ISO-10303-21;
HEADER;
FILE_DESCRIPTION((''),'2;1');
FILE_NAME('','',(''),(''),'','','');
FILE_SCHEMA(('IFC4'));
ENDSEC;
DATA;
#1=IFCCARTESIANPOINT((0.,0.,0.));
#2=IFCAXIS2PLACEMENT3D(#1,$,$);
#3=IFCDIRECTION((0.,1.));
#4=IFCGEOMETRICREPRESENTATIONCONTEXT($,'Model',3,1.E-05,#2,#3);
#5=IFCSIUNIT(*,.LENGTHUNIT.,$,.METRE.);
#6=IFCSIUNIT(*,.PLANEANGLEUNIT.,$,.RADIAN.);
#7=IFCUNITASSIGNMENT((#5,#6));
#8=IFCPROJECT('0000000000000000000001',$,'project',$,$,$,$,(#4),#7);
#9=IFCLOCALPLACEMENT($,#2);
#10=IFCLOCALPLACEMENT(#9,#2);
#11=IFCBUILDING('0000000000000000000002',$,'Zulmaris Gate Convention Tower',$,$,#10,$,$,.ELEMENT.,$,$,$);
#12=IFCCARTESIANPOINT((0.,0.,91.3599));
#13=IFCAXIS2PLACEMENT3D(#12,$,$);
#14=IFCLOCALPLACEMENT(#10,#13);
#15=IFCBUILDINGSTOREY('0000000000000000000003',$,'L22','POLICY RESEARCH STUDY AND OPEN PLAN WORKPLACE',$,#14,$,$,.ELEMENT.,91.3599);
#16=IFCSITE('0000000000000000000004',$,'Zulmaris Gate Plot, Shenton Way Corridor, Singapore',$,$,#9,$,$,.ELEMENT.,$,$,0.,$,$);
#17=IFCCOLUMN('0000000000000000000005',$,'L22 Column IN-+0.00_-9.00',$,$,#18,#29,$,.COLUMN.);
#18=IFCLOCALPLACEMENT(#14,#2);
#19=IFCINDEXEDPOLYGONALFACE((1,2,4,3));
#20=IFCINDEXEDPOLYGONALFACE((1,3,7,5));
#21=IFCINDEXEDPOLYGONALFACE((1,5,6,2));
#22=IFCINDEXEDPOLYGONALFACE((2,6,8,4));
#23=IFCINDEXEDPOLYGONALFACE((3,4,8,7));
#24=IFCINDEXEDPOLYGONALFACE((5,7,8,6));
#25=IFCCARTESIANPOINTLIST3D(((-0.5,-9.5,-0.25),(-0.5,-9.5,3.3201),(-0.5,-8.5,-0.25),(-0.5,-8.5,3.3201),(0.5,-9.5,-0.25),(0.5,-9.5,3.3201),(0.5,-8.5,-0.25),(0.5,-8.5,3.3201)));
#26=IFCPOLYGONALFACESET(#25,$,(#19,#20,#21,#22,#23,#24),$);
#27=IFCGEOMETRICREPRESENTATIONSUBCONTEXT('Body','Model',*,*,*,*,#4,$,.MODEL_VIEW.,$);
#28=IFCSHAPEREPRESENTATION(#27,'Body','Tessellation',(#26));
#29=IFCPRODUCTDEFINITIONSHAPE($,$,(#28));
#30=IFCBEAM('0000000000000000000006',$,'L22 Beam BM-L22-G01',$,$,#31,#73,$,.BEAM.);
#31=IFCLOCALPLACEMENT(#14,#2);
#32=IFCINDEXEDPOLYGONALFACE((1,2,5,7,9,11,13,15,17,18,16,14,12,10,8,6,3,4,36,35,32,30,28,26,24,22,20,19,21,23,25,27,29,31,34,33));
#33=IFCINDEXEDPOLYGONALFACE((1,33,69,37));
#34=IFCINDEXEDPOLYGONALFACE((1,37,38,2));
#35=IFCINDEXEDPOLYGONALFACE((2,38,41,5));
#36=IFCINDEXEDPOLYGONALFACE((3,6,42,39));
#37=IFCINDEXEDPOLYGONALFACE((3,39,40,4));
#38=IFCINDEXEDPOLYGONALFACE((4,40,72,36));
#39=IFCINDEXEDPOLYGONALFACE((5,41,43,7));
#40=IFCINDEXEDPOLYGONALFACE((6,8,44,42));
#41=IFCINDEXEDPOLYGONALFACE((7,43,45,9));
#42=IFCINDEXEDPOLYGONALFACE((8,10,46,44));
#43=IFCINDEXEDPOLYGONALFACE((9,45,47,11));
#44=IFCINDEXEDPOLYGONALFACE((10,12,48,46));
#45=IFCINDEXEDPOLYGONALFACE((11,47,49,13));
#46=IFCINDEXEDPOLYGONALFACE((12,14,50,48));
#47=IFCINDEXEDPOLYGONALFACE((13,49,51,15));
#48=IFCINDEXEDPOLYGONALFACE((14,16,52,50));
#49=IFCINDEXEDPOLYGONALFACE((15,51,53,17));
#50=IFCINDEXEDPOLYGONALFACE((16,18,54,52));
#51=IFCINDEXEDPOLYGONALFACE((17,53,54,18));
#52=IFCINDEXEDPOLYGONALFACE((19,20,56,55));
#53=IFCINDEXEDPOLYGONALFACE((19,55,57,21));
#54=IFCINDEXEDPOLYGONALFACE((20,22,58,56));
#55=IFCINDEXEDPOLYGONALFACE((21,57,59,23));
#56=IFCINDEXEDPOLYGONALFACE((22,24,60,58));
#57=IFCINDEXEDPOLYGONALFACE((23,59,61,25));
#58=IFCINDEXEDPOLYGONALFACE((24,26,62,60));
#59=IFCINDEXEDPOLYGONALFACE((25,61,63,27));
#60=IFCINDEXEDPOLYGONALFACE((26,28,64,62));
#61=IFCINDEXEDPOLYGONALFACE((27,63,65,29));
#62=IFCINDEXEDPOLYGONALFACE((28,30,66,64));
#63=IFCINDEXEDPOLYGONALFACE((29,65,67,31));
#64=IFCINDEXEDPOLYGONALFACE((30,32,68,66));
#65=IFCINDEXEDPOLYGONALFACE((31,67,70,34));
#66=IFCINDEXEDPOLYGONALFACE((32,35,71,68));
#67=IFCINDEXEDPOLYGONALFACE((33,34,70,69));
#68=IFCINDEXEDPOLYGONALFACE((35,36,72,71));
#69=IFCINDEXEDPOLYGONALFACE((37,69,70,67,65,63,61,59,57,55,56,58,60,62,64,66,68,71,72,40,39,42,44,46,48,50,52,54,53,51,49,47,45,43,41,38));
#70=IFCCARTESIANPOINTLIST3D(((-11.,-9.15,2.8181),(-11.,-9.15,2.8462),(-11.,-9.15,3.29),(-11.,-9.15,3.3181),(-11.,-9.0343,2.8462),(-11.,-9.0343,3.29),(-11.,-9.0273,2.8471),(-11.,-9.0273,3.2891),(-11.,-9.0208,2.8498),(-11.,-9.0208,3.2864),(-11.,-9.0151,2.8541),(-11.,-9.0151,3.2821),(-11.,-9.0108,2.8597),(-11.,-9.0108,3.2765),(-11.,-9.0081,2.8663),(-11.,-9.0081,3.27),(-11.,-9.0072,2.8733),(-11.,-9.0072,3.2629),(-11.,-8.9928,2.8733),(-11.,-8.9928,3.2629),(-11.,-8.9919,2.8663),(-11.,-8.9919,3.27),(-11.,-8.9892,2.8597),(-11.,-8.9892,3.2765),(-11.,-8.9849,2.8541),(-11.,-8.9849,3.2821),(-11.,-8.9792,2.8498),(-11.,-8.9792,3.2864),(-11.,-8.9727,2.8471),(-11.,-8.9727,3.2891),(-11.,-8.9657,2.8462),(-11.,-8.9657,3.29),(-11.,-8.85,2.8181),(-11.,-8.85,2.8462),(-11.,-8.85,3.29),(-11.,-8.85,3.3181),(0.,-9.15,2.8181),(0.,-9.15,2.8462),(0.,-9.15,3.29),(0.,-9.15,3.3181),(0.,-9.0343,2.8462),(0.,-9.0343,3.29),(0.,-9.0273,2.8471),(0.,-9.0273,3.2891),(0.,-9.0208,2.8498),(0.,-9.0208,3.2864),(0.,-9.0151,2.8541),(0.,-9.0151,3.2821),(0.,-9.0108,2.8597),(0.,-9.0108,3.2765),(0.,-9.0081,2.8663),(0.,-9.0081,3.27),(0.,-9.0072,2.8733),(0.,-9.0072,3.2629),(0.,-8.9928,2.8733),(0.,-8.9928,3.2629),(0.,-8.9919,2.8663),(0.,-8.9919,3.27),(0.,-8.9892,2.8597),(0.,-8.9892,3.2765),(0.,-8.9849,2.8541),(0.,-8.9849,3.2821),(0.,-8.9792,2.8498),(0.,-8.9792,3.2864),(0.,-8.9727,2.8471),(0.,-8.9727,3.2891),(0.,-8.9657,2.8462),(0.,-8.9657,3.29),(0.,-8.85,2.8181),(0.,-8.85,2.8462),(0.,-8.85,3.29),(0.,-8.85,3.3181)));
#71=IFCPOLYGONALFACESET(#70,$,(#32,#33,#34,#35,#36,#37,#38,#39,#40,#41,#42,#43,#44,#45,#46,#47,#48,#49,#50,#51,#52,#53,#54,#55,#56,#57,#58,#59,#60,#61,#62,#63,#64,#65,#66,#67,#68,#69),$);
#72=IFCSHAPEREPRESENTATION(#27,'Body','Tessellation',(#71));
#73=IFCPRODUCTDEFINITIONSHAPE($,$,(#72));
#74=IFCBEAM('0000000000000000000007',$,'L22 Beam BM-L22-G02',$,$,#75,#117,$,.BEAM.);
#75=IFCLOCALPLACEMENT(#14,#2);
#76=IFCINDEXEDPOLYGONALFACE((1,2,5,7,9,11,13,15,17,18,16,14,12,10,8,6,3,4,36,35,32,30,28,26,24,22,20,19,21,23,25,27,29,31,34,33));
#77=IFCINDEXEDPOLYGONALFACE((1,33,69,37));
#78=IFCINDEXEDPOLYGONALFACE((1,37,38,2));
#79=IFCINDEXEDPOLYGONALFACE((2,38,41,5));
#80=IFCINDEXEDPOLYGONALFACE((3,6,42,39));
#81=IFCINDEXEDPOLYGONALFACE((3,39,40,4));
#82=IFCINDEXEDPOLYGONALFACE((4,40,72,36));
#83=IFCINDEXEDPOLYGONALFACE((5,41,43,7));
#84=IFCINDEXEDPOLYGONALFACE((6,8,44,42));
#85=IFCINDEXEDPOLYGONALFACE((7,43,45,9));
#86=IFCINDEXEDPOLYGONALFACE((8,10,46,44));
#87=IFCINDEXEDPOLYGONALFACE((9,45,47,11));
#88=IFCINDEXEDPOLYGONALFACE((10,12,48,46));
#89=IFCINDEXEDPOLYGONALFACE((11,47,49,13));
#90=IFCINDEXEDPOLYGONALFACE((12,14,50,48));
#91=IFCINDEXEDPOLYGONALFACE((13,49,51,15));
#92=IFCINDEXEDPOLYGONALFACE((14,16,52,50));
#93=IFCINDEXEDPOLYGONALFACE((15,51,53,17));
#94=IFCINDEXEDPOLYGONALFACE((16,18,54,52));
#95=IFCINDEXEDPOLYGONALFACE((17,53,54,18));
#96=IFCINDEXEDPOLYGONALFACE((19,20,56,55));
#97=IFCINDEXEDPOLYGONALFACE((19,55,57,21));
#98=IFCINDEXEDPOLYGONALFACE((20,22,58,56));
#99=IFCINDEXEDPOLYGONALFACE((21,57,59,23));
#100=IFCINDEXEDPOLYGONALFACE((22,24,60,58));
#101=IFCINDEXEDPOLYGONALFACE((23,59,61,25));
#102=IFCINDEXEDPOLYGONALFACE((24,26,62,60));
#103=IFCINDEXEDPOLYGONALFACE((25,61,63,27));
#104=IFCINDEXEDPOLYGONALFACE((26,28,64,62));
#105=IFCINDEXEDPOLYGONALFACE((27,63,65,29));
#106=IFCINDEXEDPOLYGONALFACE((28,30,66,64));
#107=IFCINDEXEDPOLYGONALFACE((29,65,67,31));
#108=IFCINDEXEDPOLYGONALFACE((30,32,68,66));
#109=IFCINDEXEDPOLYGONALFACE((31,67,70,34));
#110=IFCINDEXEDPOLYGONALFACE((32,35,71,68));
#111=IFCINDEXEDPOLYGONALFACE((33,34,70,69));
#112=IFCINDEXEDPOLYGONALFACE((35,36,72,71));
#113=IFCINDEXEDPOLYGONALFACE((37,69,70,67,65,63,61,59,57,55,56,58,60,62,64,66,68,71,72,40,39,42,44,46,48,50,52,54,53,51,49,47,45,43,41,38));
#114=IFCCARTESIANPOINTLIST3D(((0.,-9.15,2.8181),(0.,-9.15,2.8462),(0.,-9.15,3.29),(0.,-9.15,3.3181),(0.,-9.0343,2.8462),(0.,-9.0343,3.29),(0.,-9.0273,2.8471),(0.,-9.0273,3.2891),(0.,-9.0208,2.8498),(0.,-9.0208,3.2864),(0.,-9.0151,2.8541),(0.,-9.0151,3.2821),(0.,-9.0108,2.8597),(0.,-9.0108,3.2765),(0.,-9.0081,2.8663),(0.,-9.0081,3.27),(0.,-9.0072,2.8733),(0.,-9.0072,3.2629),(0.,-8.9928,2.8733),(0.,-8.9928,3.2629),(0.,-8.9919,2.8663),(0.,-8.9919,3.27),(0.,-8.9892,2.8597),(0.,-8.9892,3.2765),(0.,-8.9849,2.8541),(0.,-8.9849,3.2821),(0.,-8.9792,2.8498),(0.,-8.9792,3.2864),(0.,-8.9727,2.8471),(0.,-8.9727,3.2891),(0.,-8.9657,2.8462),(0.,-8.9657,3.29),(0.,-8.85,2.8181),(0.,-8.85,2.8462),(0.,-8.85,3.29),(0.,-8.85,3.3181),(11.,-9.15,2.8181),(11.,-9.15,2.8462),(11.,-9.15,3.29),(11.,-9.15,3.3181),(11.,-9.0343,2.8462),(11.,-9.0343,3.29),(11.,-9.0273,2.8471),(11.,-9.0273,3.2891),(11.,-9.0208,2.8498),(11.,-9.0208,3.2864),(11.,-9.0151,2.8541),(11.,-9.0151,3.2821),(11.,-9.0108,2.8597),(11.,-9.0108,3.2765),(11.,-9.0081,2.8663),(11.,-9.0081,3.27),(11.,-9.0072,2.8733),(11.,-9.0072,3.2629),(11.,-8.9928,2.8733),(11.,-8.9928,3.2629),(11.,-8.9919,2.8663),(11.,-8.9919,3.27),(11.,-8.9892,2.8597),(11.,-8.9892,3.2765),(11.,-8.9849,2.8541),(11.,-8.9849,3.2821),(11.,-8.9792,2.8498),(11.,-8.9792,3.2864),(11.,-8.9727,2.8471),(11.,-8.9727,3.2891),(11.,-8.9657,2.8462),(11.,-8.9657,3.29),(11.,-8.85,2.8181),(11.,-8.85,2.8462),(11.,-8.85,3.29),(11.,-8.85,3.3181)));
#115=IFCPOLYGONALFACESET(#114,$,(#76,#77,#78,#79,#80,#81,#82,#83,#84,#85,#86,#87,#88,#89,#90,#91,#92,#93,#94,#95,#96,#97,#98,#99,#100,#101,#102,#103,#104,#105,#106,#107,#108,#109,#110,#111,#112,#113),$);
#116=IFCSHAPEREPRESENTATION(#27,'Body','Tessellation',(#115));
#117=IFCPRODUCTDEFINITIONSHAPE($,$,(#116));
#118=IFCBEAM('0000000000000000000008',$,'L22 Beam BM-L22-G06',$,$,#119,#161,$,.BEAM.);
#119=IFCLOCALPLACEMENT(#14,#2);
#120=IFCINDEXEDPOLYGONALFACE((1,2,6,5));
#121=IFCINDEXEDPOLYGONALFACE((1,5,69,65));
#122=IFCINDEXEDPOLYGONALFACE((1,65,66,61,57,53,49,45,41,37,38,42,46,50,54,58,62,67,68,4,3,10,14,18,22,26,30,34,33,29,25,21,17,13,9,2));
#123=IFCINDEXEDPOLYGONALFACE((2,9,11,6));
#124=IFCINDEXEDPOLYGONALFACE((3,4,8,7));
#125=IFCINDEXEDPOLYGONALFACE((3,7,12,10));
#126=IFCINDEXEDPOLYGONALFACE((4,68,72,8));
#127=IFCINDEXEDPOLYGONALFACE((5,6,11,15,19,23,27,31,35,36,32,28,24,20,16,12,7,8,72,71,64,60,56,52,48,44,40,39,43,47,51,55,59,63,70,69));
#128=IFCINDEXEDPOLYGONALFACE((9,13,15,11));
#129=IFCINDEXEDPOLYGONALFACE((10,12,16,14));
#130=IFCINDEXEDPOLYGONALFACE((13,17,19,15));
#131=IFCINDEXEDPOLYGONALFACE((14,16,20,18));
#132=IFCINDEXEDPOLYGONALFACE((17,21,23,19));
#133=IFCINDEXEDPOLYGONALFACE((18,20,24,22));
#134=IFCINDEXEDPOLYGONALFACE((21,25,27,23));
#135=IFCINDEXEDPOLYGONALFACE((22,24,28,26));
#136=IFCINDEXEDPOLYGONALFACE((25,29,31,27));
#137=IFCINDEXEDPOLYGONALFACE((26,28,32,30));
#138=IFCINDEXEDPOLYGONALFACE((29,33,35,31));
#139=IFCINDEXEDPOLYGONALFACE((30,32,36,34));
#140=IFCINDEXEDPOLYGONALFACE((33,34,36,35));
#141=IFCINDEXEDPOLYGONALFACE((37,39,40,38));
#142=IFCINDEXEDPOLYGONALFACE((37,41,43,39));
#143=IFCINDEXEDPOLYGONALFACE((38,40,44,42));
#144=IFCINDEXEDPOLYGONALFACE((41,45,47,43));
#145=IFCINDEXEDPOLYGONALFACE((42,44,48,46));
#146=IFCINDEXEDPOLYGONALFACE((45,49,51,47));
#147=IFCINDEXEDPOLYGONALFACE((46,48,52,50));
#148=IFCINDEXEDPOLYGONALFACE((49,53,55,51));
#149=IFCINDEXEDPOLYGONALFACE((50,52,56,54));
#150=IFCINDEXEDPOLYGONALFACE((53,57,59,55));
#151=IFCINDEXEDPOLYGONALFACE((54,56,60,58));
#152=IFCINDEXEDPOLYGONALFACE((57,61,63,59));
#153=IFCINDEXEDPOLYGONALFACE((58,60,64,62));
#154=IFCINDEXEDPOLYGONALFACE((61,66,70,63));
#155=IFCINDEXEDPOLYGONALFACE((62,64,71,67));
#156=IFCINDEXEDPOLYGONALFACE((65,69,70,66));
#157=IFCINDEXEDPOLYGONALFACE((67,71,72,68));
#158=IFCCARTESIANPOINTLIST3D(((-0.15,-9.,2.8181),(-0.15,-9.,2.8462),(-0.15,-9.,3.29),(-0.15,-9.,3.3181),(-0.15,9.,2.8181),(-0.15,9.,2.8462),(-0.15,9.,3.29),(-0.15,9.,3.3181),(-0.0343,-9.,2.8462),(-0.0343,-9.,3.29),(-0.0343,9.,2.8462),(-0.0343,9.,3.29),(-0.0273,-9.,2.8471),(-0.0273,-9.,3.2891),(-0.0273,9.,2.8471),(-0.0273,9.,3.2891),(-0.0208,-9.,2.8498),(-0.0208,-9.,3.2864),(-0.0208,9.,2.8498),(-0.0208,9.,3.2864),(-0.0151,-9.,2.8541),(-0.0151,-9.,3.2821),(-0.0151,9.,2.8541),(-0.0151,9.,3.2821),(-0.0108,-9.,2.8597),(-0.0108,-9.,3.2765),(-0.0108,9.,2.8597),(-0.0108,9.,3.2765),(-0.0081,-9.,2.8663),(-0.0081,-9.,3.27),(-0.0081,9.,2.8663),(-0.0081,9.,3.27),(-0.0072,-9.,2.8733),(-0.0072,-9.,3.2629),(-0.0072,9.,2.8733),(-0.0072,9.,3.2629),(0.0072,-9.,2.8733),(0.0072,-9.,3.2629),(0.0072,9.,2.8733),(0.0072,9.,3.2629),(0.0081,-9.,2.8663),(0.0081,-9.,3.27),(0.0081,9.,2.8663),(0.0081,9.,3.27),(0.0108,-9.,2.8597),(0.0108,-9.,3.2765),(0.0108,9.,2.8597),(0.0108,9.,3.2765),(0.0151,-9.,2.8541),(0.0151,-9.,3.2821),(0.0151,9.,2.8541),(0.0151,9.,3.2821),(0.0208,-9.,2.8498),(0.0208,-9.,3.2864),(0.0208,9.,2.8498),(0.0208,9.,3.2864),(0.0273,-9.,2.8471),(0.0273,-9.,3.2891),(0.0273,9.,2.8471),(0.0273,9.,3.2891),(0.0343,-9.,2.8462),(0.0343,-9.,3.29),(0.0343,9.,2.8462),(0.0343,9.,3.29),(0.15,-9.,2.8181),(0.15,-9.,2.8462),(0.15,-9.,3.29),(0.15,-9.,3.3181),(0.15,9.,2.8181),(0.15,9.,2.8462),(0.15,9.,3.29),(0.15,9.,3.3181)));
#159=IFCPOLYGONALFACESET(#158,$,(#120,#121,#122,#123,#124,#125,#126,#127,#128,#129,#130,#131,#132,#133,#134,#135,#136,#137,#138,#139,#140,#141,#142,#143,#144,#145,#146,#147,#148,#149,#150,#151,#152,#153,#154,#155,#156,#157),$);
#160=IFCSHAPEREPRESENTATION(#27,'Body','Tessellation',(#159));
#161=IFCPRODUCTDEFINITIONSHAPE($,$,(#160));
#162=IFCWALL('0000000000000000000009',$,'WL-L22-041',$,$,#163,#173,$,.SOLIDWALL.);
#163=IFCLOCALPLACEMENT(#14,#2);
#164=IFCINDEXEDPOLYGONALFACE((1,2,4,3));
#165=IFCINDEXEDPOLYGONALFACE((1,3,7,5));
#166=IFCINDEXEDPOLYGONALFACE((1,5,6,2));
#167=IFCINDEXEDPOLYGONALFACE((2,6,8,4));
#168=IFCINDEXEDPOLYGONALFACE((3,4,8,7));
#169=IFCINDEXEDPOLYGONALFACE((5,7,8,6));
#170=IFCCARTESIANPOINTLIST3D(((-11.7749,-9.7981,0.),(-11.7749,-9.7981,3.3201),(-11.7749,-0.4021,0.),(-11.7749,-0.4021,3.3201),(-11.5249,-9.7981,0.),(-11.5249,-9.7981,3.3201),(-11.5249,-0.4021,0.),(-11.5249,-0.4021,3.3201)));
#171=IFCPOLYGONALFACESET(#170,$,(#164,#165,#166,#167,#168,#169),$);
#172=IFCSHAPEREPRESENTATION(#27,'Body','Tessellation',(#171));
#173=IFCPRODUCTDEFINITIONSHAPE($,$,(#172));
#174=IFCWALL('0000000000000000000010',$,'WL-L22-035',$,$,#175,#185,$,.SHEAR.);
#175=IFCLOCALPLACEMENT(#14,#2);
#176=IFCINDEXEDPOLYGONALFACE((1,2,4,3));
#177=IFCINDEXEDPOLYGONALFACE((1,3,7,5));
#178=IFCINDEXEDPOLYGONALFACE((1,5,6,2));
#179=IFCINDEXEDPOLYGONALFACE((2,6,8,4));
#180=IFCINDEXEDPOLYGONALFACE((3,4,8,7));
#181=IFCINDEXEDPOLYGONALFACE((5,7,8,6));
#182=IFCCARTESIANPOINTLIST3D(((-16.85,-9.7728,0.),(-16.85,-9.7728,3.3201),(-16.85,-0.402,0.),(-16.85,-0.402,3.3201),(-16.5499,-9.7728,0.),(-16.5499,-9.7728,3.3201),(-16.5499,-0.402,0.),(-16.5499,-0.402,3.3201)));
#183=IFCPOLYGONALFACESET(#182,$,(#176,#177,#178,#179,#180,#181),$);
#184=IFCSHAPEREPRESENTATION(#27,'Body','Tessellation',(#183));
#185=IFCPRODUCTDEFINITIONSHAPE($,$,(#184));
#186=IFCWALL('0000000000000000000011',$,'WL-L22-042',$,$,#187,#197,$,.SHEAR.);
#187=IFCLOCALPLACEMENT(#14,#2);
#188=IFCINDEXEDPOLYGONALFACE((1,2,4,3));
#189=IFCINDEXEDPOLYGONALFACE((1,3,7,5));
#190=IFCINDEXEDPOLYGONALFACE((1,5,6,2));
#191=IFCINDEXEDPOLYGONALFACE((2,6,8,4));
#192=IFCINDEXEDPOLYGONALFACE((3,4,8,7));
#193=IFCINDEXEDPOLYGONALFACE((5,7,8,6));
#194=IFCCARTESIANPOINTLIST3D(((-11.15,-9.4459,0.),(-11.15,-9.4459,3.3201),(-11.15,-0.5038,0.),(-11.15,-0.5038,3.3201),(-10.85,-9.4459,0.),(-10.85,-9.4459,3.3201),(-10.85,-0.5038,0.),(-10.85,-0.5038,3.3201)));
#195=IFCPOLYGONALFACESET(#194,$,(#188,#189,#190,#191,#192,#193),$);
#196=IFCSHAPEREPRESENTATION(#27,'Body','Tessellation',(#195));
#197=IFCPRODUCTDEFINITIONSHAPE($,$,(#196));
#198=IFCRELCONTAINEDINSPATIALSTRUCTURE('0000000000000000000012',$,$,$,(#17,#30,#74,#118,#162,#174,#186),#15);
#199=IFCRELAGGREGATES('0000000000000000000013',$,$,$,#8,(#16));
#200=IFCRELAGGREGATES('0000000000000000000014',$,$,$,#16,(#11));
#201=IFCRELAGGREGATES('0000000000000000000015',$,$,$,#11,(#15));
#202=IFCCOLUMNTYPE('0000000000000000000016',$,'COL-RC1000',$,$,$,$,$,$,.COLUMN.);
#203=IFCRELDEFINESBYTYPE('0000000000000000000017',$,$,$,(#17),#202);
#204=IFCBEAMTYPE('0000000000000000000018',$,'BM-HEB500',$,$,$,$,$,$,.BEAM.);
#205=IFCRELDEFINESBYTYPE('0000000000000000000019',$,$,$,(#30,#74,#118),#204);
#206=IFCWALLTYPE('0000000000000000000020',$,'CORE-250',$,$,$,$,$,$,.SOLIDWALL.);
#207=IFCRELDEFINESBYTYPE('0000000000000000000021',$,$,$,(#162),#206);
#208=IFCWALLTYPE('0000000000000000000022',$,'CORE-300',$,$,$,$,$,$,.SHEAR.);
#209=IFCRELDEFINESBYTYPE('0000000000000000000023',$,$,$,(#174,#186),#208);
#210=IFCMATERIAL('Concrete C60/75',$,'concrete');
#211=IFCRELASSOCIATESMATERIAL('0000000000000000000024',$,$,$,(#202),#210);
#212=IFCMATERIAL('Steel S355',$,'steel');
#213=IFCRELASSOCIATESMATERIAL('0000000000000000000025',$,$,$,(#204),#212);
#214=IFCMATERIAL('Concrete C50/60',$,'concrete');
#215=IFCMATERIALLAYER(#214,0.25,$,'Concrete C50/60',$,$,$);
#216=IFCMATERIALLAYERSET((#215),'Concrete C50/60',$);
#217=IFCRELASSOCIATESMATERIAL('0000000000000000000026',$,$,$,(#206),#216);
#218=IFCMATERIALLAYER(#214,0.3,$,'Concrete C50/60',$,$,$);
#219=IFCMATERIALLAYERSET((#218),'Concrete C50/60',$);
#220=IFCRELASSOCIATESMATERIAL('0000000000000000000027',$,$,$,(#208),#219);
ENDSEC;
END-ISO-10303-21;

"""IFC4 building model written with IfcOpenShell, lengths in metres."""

from ifc_helpers import new_model, si_unit, direction, frame, frame_2d, origin, origin_2d, place, context, subcontext, project, spatial, rectangle, i_section, extrude, material, layer, layer_set, material_profile, profile_set, type_object, element, save


model = new_model("IFC4")

# Units and contexts
model_context = context("Model", 3, precision=1e-05, world=origin(), true_north=direction((0.0, 1.0)))
body_context = subcontext(model_context, "Body", "Model", "MODEL_VIEW")
ifc_project = project(units=[si_unit("LENGTHUNIT", "METRE"), si_unit("PLANEANGLEUNIT", "RADIAN")], contexts=[model_context])

# Site, building, storey
site_placement = place(None, origin())
site = spatial("IfcSite", under=ifc_project, at=site_placement, Name="Zulmaris Gate Plot, Shenton Way Corridor, Singapore", CompositionType="ELEMENT", RefElevation=0.0)
building_placement = place(site_placement, origin())
building = spatial("IfcBuilding", under=site, at=building_placement, Name="Zulmaris Gate Convention Tower", CompositionType="ELEMENT")
storey_placement = place(building_placement, frame((0.0, 0.0, 91.3599)))
storey = spatial("IfcBuildingStorey", under=building, at=storey_placement, Name="L22", Description="POLICY RESEARCH STUDY AND OPEN PLAN WORKPLACE", CompositionType="ELEMENT", Elevation=91.3599)

# Column
ifc_material_1 = material(Name="Concrete C60/75", Category="concrete")
ifc_material_profile_1 = material_profile(ifc_material_1, rectangle(XDim=1.0, YDim=1.0, at=origin_2d()), Name="RC COL 1000x1000")
ifc_profile_set_1 = profile_set([ifc_material_profile_1], Name="Concrete C60/75")
column_type = type_object("IfcColumnType", Name="COL-RC1000", PredefinedType="COLUMN", material=ifc_profile_set_1)
column_placement = place(storey_placement, frame((0.0, -9.0, -0.25), z_axis=(0.0, 0.0, 1.0), x_axis=(1.0, 0.0, 0.0)))
element("IfcColumn", 1, at=column_placement, inside=storey, type_object=column_type, Name="L22 Column IN-+0.00_-9.00", PredefinedType="COLUMN", context=body_context, shape_type="SweptSolid", body=[
    extrude(rectangle(XDim=1.0, YDim=1.0, at=origin_2d()), origin(), (0.0, 0.0, 1.0), 3.5701),
])

# Beams
ifc_material_2 = material(Name="Steel S355", Category="steel")
ifc_material_profile_2 = material_profile(ifc_material_2, i_section(OverallWidth=0.3, OverallDepth=0.5, WebThickness=0.0144, FlangeThickness=0.0281, FilletRadius=0.0271, at=origin_2d()), Name="HEB 500")
ifc_profile_set_2 = profile_set([ifc_material_profile_2], Name="Steel S355")
beam_type = type_object("IfcBeamType", Name="BM-HEB500", PredefinedType="BEAM", material=ifc_profile_set_2)
for number, where, z_axis, x_axis, name in (
    (2, (-11.0, -9.0, 3.0681), (1.0, 0.0, 0.0), (0.0, 1.0, 0.0), "L22 Beam BM-L22-G01"),
    (3, (0.0, -9.0, 3.0681), (1.0, 0.0, 0.0), (0.0, 1.0, 0.0), "L22 Beam BM-L22-G02"),
):
    element("IfcBeam", number, at=place(storey_placement, frame(where, z_axis=z_axis, x_axis=x_axis)), inside=storey, type_object=beam_type, Name=name, PredefinedType="BEAM", context=body_context, shape_type="SweptSolid", body=[
        extrude(i_section(OverallWidth=0.3, OverallDepth=0.5, WebThickness=0.0144, FlangeThickness=0.0281, FilletRadius=0.0271, at=origin_2d()), origin(), (0.0, 0.0, 1.0), 11.0),
    ])
beam_placement = place(storey_placement, frame((0.0, -9.0, 3.0681), z_axis=(0.0, 1.0, 0.0), x_axis=(-1.0, 0.0, 0.0)))
element("IfcBeam", 4, at=beam_placement, inside=storey, type_object=beam_type, Name="L22 Beam BM-L22-G06", PredefinedType="BEAM", context=body_context, shape_type="SweptSolid", body=[
    extrude(i_section(OverallWidth=0.3, OverallDepth=0.5, WebThickness=0.0144, FlangeThickness=0.0281, FilletRadius=0.0271, at=origin_2d()), origin(), (0.0, 0.0, 1.0), 18.0),
])

# Walls
ifc_material_3 = material(Name="Concrete C50/60", Category="concrete")
ifc_layer_1 = layer(ifc_material_3, 0.25, Name="Concrete C50/60")
ifc_layer_set_1 = layer_set([ifc_layer_1], Name="Concrete C50/60")
wall_type_1 = type_object("IfcWallType", Name="CORE-250", PredefinedType="SOLIDWALL", material=ifc_layer_set_1)
wall_1_placement = place(storey_placement, frame((-11.6499, -9.7981, 0.0), z_axis=(0.0, 0.0, 1.0), x_axis=(0.0, 1.0, 0.0)))
element("IfcWall", 5, at=wall_1_placement, inside=storey, type_object=wall_type_1, Name="WL-L22-041", PredefinedType="SOLIDWALL", context=body_context, shape_type="SweptSolid", body=[
    extrude(rectangle(XDim=9.396, YDim=0.25, at=frame_2d((4.698, 0.0))), origin(), (0.0, 0.0, 1.0), 3.3201),
])
ifc_layer_2 = layer(ifc_material_3, 0.3, Name="Concrete C50/60")
ifc_layer_set_2 = layer_set([ifc_layer_2], Name="Concrete C50/60")
wall_type_2 = type_object("IfcWallType", Name="CORE-300", PredefinedType="SHEAR", material=ifc_layer_set_2)
wall_2_placement = place(storey_placement, frame((-16.7, -9.7729, 0.0), z_axis=(0.0, 0.0, 1.0), x_axis=(0.0, 1.0, 0.0)))
element("IfcWall", 6, at=wall_2_placement, inside=storey, type_object=wall_type_2, Name="WL-L22-035", PredefinedType="SHEAR", context=body_context, shape_type="SweptSolid", body=[
    extrude(rectangle(XDim=9.3708, YDim=0.3, at=frame_2d((4.6855, 0.0))), origin(), (0.0, 0.0, 1.0), 3.3201),
])
wall_3_placement = place(storey_placement, frame((-11.0, -9.446, 0.0), z_axis=(0.0, 0.0, 1.0), x_axis=(0.0, 1.0, 0.0)))
element("IfcWall", 7, at=wall_3_placement, inside=storey, type_object=wall_type_2, Name="WL-L22-042", PredefinedType="SHEAR", context=body_context, shape_type="SweptSolid", body=[
    extrude(rectangle(XDim=8.9421, YDim=0.3, at=frame_2d((4.4712, 0.0))), origin(), (0.0, 0.0, 1.0), 3.3201),
])

save(model, "model.ifc")
